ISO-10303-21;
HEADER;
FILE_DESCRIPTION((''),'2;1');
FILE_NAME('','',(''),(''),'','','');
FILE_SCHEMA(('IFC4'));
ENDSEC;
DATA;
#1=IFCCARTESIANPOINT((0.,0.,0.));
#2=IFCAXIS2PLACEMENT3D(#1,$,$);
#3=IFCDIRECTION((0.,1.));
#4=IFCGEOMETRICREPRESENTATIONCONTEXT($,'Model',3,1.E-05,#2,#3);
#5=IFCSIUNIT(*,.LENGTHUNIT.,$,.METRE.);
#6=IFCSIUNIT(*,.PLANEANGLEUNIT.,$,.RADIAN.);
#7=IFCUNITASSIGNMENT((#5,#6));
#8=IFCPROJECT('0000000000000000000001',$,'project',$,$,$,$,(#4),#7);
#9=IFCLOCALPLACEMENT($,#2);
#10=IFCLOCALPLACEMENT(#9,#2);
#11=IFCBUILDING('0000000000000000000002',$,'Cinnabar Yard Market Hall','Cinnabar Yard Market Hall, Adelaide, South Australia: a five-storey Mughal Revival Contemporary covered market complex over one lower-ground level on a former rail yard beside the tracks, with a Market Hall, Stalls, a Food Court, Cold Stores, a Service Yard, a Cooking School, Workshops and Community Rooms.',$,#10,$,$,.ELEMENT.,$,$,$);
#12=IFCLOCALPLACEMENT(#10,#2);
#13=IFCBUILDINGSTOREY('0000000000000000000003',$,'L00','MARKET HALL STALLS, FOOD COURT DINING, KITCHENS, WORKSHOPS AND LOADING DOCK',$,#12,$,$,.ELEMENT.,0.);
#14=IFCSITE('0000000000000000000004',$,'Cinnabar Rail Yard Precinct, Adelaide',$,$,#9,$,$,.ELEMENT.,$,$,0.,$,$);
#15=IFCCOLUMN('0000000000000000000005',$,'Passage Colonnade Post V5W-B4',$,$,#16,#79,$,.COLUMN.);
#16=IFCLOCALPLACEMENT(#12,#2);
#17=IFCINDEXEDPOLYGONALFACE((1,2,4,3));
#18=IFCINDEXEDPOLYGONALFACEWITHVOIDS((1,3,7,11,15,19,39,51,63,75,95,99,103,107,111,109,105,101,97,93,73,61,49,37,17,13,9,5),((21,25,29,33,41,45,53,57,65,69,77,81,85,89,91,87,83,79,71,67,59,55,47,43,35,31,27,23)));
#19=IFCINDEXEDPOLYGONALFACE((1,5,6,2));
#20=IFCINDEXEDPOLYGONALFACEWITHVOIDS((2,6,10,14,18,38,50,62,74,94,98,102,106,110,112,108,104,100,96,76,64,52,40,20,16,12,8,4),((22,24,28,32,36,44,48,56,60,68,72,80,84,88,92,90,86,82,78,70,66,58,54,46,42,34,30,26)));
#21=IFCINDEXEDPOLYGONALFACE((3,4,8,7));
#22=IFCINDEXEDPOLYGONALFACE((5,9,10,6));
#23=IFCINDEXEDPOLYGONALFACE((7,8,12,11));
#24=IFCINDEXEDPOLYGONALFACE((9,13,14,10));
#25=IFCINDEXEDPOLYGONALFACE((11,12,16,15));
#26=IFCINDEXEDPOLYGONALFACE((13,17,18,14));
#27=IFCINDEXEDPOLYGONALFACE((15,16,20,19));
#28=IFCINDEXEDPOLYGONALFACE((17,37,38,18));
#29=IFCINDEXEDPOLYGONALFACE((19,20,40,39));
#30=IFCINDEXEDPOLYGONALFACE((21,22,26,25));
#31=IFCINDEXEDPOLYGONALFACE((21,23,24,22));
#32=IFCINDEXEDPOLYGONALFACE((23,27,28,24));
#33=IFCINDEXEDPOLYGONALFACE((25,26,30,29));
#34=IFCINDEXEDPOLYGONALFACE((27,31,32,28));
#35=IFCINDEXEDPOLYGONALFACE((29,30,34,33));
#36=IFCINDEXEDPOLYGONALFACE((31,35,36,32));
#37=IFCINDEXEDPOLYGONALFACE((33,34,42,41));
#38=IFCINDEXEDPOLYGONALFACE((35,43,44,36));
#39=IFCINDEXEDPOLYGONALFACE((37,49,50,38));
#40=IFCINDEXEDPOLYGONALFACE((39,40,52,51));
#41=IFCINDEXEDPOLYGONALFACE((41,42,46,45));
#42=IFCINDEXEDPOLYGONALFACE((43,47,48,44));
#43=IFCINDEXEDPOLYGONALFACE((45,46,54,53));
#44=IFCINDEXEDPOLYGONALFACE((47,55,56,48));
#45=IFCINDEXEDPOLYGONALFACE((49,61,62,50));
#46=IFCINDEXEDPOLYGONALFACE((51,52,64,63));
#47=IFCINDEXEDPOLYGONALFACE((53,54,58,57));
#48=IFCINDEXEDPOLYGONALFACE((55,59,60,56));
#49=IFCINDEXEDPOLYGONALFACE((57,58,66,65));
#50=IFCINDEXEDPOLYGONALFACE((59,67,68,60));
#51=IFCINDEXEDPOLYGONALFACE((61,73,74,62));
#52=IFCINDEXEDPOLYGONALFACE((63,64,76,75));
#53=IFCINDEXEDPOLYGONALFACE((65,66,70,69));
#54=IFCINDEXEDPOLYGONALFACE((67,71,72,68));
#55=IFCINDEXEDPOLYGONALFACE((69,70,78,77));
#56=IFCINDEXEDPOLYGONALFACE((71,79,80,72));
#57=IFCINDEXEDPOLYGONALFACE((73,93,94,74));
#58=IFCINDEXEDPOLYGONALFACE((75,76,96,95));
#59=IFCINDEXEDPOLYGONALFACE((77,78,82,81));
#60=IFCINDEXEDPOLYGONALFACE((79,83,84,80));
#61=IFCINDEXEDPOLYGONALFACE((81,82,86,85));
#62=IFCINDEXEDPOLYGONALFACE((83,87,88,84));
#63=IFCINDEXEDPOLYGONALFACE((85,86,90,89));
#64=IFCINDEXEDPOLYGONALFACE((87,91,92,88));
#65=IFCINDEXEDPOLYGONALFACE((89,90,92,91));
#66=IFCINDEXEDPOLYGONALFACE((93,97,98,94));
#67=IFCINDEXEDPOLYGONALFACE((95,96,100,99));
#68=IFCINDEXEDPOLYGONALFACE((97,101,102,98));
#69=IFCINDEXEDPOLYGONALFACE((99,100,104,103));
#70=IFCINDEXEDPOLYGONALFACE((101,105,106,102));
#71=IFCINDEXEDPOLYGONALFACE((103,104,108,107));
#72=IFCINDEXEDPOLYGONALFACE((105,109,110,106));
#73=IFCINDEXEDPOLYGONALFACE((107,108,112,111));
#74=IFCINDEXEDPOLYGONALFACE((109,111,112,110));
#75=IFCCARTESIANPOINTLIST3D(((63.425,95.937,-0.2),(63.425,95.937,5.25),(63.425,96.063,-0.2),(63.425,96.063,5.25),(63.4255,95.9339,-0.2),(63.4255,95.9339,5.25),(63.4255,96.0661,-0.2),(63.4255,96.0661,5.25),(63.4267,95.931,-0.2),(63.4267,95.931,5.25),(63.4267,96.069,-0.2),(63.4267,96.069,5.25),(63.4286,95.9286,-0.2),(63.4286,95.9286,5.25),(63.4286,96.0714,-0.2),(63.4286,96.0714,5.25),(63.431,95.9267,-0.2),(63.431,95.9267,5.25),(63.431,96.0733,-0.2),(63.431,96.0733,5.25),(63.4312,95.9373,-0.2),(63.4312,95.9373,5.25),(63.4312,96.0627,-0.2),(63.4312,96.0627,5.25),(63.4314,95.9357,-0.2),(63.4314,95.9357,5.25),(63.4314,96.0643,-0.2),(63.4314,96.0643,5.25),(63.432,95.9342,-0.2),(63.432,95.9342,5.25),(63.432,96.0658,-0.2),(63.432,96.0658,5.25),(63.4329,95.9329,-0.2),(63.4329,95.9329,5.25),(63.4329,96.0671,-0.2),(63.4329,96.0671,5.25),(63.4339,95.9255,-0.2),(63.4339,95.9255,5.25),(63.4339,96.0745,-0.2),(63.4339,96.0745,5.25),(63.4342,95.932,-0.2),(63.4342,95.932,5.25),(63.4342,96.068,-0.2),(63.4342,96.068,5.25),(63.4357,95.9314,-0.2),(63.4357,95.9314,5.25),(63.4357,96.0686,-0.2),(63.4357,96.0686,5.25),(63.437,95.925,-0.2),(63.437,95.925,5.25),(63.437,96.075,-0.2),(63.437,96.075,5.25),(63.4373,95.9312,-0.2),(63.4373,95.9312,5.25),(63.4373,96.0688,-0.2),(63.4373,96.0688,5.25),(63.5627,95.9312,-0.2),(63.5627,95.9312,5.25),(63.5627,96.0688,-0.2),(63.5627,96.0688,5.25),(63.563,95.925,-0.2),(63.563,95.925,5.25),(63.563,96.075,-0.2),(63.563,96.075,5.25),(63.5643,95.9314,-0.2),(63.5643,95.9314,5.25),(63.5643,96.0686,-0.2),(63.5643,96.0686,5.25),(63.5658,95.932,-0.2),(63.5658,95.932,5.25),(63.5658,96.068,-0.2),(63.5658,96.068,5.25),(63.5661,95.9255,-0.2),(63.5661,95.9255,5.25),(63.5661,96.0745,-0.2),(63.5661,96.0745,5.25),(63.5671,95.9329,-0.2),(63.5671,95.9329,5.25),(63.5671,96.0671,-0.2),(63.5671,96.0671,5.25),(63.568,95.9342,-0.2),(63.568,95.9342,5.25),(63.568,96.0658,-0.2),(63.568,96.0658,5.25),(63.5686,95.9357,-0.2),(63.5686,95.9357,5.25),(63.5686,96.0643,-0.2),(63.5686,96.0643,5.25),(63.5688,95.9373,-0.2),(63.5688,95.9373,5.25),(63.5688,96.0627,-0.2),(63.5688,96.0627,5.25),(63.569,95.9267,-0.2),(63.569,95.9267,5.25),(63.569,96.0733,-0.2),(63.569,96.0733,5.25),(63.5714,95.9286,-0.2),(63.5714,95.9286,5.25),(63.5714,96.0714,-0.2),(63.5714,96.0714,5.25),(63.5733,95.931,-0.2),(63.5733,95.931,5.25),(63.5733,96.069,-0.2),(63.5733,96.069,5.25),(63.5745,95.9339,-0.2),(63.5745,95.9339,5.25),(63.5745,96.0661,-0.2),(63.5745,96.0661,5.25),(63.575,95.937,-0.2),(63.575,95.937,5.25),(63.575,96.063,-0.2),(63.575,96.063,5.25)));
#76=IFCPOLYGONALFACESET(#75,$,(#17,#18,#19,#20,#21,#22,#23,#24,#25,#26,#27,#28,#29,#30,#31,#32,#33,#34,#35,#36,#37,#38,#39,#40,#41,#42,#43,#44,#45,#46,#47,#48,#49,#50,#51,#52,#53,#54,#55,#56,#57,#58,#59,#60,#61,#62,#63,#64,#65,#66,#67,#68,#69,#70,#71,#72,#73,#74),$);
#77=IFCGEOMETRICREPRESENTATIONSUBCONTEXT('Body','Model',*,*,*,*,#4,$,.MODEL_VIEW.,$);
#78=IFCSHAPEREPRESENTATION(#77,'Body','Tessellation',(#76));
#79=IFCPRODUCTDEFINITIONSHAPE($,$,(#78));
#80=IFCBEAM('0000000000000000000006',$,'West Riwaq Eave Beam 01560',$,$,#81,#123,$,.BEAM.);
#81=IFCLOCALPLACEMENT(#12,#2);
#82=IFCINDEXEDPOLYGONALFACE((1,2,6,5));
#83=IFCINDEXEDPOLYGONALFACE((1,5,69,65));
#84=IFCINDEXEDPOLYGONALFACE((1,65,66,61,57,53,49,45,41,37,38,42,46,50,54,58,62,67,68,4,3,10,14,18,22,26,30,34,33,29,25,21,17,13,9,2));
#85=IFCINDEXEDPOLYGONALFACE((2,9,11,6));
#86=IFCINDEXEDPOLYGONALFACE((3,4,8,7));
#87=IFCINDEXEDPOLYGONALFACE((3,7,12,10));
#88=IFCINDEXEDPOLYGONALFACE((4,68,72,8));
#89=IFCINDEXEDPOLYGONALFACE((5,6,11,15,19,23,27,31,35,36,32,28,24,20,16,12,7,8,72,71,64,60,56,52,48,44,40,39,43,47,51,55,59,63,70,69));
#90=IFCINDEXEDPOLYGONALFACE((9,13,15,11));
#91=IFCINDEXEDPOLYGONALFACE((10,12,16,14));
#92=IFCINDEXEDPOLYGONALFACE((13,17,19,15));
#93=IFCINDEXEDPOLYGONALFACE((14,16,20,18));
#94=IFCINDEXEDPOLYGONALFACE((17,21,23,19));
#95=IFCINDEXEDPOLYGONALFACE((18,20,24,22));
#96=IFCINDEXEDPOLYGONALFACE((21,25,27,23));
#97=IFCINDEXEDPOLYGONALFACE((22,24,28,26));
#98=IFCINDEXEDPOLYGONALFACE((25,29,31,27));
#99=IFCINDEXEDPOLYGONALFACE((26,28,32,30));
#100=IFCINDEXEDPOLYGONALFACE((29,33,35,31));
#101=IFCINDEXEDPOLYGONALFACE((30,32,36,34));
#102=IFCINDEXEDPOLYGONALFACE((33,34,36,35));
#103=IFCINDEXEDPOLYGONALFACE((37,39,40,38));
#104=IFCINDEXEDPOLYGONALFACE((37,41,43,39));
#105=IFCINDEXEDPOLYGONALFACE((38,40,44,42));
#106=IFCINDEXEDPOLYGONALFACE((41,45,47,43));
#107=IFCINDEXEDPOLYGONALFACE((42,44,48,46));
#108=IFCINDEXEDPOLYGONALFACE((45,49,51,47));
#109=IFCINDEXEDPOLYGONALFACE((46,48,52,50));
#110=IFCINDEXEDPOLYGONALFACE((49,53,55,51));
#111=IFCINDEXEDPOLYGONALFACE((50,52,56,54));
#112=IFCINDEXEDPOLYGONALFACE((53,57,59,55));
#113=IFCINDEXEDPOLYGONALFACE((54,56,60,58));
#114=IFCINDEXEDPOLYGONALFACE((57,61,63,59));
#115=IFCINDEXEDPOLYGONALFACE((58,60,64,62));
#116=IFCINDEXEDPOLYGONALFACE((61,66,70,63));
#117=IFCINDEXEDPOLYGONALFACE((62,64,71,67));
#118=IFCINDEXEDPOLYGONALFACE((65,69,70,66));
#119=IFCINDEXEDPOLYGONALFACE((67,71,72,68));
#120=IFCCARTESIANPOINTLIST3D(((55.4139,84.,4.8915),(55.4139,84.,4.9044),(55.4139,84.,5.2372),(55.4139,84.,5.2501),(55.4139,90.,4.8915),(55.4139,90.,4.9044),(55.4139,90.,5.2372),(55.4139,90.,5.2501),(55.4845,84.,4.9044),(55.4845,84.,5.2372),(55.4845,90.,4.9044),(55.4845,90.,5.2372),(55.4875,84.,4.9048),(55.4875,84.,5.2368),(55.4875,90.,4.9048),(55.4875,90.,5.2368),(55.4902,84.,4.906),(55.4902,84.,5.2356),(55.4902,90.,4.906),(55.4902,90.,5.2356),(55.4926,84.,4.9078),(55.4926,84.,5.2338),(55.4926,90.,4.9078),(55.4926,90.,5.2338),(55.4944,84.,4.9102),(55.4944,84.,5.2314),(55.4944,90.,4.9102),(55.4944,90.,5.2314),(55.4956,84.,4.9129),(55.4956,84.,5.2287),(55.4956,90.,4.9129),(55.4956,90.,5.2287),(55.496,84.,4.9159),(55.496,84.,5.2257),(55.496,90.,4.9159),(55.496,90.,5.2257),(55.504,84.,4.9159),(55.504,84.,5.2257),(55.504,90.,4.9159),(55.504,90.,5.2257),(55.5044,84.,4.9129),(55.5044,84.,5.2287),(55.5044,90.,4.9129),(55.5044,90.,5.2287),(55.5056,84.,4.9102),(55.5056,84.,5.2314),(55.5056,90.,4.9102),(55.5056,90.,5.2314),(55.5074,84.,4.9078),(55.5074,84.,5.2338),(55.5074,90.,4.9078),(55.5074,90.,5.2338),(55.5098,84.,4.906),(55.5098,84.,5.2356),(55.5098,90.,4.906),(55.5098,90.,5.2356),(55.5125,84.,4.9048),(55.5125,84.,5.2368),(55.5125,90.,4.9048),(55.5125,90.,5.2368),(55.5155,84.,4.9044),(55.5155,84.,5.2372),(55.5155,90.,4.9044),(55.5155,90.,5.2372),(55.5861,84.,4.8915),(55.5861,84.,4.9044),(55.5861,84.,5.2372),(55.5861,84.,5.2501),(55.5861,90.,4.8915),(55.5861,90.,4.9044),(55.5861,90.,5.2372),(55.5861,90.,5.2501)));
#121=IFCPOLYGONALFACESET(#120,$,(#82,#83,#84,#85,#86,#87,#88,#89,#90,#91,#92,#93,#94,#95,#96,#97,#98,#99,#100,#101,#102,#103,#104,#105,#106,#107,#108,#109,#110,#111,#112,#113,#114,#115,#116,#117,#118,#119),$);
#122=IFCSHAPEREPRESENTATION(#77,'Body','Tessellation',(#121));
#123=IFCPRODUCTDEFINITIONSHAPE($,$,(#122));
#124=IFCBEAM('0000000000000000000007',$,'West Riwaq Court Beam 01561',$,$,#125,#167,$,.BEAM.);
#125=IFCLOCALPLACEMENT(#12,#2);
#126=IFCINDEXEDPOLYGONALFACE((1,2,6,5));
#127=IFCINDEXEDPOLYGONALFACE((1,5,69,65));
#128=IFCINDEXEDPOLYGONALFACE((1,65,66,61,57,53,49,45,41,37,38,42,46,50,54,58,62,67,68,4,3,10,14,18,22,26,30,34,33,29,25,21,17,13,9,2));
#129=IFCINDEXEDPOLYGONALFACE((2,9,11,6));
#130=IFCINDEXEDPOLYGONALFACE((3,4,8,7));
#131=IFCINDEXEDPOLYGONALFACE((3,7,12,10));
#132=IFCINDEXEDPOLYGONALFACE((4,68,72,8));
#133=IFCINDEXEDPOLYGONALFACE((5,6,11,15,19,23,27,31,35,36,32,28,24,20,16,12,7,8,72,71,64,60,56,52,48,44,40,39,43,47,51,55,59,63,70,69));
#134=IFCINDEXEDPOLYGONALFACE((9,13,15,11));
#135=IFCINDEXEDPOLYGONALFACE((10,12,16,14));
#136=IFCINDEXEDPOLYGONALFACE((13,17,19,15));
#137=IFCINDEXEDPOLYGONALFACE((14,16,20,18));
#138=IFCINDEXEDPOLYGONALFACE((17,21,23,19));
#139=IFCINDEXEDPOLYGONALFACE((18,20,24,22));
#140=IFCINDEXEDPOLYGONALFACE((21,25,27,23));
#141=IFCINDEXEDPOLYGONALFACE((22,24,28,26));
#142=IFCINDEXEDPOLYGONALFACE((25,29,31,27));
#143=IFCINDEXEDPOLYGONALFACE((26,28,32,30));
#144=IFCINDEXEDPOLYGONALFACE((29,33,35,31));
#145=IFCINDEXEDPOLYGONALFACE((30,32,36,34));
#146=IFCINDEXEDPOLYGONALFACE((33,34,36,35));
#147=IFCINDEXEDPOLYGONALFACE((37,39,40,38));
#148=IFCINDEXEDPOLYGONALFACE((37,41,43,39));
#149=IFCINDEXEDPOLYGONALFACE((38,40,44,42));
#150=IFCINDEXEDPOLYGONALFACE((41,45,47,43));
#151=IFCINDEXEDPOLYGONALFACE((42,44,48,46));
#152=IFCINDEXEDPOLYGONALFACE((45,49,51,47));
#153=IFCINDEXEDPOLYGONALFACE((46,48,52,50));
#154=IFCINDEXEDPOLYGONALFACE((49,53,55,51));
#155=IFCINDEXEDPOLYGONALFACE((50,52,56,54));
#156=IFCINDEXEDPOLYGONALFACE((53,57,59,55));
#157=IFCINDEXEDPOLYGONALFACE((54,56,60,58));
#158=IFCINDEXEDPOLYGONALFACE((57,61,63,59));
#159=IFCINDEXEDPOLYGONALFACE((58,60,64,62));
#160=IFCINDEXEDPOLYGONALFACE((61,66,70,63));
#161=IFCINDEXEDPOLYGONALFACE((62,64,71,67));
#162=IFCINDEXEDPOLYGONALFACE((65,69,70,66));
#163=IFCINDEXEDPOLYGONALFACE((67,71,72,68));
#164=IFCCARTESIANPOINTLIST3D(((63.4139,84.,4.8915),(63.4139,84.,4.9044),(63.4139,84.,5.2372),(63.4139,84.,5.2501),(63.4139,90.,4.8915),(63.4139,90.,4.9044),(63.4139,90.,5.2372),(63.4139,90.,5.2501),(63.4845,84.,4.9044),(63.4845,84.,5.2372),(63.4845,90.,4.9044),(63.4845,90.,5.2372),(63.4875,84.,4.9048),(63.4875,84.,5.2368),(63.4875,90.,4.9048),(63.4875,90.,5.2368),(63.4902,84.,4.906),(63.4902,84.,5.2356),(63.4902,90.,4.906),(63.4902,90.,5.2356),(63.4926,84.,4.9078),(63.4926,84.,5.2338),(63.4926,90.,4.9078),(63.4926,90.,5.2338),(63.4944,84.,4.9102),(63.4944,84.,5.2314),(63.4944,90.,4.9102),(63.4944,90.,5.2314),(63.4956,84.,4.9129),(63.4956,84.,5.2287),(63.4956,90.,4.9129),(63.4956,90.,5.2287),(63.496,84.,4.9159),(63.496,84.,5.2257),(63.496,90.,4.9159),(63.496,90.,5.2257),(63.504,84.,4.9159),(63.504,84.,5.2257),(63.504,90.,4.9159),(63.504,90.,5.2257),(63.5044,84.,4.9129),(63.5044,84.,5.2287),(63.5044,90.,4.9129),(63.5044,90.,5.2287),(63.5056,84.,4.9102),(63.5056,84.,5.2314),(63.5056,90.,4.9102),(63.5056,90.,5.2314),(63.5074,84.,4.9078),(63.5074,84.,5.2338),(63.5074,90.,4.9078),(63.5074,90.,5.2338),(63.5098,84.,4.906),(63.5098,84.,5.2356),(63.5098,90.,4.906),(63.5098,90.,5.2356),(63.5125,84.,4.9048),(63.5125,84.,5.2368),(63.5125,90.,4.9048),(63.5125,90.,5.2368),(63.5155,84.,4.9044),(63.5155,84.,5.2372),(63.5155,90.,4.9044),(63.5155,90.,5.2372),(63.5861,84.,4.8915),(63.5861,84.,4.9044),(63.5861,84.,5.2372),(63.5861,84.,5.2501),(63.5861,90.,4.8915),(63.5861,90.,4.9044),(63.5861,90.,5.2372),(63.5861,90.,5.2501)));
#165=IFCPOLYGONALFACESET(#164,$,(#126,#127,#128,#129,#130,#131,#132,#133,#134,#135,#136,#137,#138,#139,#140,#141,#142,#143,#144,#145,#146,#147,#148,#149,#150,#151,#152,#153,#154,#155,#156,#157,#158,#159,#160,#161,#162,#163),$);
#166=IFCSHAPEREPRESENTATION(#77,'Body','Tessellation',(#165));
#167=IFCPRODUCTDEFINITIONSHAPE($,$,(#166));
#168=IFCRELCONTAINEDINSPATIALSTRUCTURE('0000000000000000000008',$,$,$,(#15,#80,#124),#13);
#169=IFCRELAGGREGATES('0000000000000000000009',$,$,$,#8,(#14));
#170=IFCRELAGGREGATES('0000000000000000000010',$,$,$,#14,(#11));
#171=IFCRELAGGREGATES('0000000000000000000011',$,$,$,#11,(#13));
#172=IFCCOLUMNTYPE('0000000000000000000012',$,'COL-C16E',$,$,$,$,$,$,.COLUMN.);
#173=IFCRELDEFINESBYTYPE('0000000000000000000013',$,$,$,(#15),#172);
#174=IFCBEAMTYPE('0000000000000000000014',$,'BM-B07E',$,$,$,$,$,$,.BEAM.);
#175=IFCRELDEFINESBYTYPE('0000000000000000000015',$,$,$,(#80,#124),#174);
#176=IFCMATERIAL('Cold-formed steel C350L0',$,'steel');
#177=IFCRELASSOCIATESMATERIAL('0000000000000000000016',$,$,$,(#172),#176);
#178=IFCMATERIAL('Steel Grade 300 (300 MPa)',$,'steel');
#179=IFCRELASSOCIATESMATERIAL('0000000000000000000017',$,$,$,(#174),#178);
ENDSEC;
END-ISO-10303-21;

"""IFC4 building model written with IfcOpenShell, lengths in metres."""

from ifc_helpers import new_model, si_unit, direction, frame, origin, origin_2d_with_axis, place, context, subcontext, project, spatial, hollow_rectangle, i_section, extrude, material, material_profile, profile_set, type_object, element, save


model = new_model("IFC4")

# Units and contexts
model_context = context("Model", 3, precision=1e-05, world=origin(), true_north=direction((0.0, 1.0)))
body_context = subcontext(model_context, "Body", "Model", "MODEL_VIEW")
ifc_project = project(units=[si_unit("LENGTHUNIT", "METRE"), si_unit("PLANEANGLEUNIT", "RADIAN")], contexts=[model_context])

# Site, building, storey
site_placement = place(None, origin())
site = spatial("IfcSite", under=ifc_project, at=site_placement, Name="Cinnabar Rail Yard Precinct, Adelaide", CompositionType="ELEMENT", RefElevation=0.0)
building_placement = place(site_placement, origin())
building = spatial("IfcBuilding", under=site, at=building_placement, Name="Cinnabar Yard Market Hall", Description="Cinnabar Yard Market Hall, Adelaide, South Australia: a five-storey Mughal Revival Contemporary covered market complex over one lower-ground level on a former rail yard beside the tracks, with a Market Hall, Stalls, a Food Court, Cold Stores, a Service Yard, a Cooking School, Workshops and Community Rooms.", CompositionType="ELEMENT")
storey_placement = place(building_placement, origin())
storey = spatial("IfcBuildingStorey", under=building, at=storey_placement, Name="L00", Description="MARKET HALL STALLS, FOOD COURT DINING, KITCHENS, WORKSHOPS AND LOADING DOCK", CompositionType="ELEMENT", Elevation=0.0)

# Column
ifc_material_1 = material(Name="Steel Grade 300 (300 MPa)", Category="steel")
ifc_material_2 = material(Name="Cold-formed steel C350L0", Category="steel")
ifc_material_profile_1 = material_profile(ifc_material_2, hollow_rectangle(XDim=0.1499, YDim=0.1499, WallThickness=0.0061, InnerFilletRadius=0.0061, OuterFilletRadius=0.012, at=origin_2d_with_axis()), Name="150x150x6.0SHS")
ifc_profile_set_1 = profile_set([ifc_material_profile_1], Name="Cold-formed steel C350L0")
column_type_1 = type_object("IfcColumnType", Name="COL-C16E", PredefinedType="COLUMN", material=ifc_profile_set_1)
for number, where, z_axis, x_axis, name in (
    (1, (63.5, 96.0, -0.2), (0.0, 0.0, 1.0), (1.0, 0.0, 0.0), "Passage Colonnade Post V5W-B4"),
):
    element("IfcColumn", number, at=place(storey_placement, frame(where, z_axis=z_axis, x_axis=x_axis)), inside=storey, type_object=column_type_1, Name=name, PredefinedType="COLUMN", context=body_context, shape_type="SweptSolid", body=[
        extrude(hollow_rectangle(XDim=0.1499, YDim=0.1499, WallThickness=0.0061, InnerFilletRadius=0.0061, OuterFilletRadius=0.012, at=origin_2d_with_axis()), origin(), (0.0, 0.0, 1.0), 5.45),
    ])

# Beams
ifc_material_profile_2 = material_profile(ifc_material_1, i_section(OverallWidth=0.1721, OverallDepth=0.3586, WebThickness=0.0081, FlangeThickness=0.0129, FilletRadius=0.0115, at=origin_2d_with_axis()), Name="360UB56.7")
ifc_profile_set_2 = profile_set([ifc_material_profile_2], Name="Steel Grade 300 (300 MPa)")
beam_type_1 = type_object("IfcBeamType", Name="BM-B07E", PredefinedType="BEAM", material=ifc_profile_set_2)
for number, where, z_axis, x_axis, name in (
    (2, (55.5, 84.0, 5.0708), (0.0, 1.0, 0.0), (-1.0, 0.0, 0.0), "West Riwaq Eave Beam 01560"),
    (3, (63.5, 84.0, 5.0708), (0.0, 1.0, 0.0), (-1.0, 0.0, 0.0), "West Riwaq Court Beam 01561"),
):
    element("IfcBeam", number, at=place(storey_placement, frame(where, z_axis=z_axis, x_axis=x_axis)), inside=storey, type_object=beam_type_1, Name=name, PredefinedType="BEAM", context=body_context, shape_type="SweptSolid", body=[
        extrude(i_section(OverallWidth=0.1721, OverallDepth=0.3586, WebThickness=0.0081, FlangeThickness=0.0129, FilletRadius=0.0115, at=origin_2d_with_axis()), origin(), (0.0, 0.0, 1.0), 6.0),
    ])

save(model, "model.ifc")
